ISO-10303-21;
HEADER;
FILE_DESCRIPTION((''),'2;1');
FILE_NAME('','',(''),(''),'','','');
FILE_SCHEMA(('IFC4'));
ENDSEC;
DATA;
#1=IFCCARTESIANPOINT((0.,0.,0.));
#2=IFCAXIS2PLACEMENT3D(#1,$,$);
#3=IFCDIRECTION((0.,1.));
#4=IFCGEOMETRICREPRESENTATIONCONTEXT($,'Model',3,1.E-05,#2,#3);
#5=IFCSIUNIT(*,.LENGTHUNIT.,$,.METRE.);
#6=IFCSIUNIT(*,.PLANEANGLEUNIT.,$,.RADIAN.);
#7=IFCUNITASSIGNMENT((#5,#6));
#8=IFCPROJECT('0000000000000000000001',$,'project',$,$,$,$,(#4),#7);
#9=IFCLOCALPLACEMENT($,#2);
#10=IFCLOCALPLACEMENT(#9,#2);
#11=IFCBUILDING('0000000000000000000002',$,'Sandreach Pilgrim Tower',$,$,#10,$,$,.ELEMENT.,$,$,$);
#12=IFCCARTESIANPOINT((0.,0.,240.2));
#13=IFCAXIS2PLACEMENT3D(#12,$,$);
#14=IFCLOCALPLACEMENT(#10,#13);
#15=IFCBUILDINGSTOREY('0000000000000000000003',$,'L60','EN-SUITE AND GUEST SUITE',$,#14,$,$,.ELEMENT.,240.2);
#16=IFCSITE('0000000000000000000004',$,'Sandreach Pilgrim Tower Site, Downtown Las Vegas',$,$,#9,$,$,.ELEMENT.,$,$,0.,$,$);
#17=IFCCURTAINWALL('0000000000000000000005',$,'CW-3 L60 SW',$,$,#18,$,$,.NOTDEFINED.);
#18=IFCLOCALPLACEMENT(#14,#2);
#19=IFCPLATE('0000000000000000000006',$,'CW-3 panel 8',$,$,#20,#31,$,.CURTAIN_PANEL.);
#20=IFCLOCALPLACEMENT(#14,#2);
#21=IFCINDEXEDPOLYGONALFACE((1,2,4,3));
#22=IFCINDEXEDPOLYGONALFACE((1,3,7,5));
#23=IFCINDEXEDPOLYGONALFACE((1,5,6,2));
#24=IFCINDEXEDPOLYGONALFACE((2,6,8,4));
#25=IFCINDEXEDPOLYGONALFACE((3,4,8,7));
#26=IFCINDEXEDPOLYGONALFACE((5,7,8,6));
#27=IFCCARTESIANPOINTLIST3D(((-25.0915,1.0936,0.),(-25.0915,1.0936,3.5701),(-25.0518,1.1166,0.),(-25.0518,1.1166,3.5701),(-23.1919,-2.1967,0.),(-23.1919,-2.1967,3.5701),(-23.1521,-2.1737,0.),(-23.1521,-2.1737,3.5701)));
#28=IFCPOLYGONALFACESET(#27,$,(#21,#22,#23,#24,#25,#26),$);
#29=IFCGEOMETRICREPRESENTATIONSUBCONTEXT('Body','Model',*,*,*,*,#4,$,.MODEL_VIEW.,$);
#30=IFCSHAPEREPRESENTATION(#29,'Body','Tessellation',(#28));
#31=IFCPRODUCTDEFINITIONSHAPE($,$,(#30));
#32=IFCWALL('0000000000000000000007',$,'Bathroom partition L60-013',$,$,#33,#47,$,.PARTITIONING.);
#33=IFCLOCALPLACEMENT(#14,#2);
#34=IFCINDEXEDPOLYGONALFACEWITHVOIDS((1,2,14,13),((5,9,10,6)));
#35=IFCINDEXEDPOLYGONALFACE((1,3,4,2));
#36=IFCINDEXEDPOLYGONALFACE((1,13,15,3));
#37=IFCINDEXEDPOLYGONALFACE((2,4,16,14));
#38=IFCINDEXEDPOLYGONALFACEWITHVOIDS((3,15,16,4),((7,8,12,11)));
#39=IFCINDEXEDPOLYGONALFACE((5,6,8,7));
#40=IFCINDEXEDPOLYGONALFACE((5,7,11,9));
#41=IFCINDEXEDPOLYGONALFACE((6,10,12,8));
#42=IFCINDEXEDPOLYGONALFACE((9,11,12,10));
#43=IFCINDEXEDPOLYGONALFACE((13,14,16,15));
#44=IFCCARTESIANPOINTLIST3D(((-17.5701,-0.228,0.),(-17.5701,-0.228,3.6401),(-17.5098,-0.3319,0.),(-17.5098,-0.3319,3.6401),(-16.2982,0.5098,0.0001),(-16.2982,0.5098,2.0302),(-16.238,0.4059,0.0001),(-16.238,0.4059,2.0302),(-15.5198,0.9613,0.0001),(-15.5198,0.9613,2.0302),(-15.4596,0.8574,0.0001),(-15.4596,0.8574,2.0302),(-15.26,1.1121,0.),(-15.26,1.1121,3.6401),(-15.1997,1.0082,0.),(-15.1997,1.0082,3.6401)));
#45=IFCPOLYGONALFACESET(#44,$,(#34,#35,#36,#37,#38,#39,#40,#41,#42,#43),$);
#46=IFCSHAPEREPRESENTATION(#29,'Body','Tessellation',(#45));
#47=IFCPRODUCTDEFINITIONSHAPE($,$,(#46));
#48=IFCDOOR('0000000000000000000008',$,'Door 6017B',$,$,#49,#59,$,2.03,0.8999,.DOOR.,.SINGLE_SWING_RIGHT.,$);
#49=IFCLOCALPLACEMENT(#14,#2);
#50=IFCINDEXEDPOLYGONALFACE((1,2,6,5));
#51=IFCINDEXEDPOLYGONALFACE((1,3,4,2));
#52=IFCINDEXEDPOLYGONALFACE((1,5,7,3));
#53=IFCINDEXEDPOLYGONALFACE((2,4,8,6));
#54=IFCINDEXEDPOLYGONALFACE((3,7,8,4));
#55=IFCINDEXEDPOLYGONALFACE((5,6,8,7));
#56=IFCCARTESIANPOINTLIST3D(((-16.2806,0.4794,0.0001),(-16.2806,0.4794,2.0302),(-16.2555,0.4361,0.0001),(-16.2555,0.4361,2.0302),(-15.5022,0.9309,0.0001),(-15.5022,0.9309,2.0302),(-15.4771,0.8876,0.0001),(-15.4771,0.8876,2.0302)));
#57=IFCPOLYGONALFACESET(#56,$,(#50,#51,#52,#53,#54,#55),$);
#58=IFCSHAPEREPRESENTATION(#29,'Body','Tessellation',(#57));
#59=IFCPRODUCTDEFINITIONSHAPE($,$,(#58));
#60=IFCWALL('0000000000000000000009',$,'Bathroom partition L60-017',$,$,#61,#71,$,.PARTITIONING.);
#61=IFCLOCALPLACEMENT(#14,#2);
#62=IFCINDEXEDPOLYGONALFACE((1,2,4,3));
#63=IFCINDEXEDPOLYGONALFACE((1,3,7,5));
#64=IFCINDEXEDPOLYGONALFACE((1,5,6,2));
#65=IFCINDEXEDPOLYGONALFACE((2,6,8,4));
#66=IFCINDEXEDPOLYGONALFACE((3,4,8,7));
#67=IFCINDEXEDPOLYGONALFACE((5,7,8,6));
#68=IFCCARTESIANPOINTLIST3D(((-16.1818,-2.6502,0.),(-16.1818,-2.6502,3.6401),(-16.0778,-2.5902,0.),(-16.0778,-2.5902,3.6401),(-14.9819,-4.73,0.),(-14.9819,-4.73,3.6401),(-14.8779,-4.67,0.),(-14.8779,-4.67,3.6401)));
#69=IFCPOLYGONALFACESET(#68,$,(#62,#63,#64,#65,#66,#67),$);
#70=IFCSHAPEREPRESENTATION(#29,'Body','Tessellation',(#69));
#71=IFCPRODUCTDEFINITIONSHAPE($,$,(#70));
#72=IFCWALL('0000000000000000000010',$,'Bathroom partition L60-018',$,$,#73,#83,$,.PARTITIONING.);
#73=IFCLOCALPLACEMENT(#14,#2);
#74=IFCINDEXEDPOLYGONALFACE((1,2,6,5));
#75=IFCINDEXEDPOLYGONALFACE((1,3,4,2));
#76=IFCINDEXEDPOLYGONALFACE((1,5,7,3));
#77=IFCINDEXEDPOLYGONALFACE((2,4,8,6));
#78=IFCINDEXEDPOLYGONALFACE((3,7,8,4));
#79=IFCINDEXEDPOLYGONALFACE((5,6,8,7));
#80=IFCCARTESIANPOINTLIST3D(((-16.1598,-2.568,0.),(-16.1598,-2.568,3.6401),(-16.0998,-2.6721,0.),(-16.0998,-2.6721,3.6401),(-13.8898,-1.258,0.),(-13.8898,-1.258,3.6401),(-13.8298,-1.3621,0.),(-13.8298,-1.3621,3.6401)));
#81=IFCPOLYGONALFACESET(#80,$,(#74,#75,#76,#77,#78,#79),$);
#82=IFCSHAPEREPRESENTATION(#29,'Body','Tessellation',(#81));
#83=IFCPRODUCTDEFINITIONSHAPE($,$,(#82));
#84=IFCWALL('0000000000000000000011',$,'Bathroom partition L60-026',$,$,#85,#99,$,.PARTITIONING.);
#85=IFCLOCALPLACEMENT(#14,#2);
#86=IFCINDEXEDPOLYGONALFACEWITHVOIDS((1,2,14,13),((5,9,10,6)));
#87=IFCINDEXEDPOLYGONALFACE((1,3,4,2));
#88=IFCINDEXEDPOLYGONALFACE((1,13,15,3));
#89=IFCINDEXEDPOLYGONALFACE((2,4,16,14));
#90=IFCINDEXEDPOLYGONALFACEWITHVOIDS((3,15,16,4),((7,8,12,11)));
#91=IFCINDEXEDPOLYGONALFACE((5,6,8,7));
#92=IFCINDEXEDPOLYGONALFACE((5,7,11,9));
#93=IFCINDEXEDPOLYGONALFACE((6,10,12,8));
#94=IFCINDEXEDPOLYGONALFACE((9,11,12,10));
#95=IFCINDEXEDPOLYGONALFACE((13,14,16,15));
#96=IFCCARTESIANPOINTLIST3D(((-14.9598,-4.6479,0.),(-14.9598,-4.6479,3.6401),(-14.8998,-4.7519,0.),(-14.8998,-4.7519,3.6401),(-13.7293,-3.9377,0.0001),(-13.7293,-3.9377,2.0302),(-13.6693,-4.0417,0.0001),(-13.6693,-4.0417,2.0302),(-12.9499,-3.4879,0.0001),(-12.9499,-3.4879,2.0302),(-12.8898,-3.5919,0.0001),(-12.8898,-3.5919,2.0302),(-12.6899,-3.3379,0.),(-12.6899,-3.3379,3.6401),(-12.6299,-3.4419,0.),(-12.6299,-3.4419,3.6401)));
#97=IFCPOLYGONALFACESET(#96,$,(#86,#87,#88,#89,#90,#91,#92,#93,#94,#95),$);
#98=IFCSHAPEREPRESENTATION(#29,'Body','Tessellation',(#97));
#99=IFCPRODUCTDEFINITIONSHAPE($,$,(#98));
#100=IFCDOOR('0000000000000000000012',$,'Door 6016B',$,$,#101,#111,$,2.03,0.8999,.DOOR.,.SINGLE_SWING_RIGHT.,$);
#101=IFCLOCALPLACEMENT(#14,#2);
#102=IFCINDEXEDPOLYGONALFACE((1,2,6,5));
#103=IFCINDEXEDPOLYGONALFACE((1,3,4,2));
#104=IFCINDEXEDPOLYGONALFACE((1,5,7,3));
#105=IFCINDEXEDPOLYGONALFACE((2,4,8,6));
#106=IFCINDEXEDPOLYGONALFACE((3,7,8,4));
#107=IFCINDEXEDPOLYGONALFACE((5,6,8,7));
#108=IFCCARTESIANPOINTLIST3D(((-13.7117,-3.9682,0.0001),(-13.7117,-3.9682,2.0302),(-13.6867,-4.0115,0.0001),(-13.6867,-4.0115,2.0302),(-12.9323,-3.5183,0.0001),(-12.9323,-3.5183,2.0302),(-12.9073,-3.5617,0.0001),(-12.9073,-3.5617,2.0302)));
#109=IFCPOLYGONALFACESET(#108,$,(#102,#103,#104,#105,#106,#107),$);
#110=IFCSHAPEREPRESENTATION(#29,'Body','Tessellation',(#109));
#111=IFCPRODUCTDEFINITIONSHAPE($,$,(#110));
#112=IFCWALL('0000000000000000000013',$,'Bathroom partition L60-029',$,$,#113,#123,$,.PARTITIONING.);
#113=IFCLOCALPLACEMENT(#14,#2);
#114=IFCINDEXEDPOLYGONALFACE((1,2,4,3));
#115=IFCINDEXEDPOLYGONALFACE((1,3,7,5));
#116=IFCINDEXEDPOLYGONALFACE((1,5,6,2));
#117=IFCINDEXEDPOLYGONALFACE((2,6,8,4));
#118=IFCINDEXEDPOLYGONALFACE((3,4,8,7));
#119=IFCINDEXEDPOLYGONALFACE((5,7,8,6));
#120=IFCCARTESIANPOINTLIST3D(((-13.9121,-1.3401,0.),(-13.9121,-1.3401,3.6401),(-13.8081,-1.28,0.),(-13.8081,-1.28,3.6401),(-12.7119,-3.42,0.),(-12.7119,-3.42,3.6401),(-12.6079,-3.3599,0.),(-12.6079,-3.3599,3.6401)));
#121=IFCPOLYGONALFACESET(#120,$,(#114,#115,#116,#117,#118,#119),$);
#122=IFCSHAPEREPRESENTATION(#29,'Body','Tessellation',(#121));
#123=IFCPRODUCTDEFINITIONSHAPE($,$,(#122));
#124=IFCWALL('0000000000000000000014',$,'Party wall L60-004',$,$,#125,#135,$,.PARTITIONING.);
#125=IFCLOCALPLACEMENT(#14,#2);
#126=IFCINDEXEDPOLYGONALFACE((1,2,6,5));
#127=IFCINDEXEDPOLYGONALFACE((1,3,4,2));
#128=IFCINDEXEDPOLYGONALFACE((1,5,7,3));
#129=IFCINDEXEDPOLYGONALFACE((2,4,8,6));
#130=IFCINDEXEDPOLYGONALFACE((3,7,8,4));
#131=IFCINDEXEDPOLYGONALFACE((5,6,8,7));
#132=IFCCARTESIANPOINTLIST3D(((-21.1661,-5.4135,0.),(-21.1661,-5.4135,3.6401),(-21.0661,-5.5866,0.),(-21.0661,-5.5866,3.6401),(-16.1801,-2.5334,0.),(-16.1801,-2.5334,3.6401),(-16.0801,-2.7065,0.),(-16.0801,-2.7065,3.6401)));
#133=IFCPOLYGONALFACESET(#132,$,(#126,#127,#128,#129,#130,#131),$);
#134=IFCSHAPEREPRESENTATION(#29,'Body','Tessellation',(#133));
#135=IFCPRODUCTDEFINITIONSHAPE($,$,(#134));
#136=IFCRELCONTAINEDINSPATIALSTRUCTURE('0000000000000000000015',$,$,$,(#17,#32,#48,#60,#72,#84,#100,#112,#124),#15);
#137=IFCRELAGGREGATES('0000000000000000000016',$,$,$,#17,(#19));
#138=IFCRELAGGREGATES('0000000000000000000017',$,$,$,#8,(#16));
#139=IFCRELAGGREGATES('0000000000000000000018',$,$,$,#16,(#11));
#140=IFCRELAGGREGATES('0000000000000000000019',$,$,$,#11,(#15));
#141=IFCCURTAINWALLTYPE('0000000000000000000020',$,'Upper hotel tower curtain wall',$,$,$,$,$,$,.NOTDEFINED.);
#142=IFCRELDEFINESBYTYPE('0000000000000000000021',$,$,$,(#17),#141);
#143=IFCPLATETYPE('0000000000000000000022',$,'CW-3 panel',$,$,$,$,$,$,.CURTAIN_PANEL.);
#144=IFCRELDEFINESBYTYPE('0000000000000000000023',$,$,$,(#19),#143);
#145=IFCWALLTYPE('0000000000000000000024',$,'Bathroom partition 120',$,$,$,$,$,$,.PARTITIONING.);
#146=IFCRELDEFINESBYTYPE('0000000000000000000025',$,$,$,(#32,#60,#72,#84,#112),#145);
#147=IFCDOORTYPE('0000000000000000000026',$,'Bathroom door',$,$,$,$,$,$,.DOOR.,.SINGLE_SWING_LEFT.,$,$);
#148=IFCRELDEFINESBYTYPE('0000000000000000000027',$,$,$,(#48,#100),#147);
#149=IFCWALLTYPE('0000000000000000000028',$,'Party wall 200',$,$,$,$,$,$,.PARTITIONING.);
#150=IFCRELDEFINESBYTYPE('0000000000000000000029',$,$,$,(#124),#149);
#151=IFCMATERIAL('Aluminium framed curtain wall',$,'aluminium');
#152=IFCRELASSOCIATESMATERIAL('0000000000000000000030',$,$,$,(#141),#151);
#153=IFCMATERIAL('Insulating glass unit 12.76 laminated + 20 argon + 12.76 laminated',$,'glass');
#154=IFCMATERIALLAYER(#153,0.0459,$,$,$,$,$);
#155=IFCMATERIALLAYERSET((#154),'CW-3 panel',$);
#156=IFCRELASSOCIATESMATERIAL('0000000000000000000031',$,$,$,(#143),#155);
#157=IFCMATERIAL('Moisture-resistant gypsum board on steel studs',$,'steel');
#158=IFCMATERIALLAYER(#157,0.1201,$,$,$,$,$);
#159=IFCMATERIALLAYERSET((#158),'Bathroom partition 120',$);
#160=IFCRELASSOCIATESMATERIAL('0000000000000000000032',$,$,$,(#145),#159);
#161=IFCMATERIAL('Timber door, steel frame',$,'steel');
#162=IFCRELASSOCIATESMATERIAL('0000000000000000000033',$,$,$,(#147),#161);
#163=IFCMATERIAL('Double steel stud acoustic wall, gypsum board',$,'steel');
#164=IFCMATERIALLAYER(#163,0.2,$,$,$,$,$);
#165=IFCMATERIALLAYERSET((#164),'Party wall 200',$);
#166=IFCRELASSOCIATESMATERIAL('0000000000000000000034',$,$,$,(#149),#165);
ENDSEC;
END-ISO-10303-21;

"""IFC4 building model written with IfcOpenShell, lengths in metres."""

from ifc_helpers import new_model, si_unit, direction, frame, frame_2d, origin, origin_2d, place, context, subcontext, project, spatial, rectangle, extrude, material, layer, layer_set, type_object, element, fill, aggregate, save


model = new_model("IFC4")

# Units and contexts
model_context = context("Model", 3, precision=1e-05, world=origin(), true_north=direction((0.0, 1.0)))
body_context = subcontext(model_context, "Body", "Model", "MODEL_VIEW")
ifc_project = project(units=[si_unit("LENGTHUNIT", "METRE"), si_unit("PLANEANGLEUNIT", "RADIAN")], contexts=[model_context])

# Site, building, storey
site_placement = place(None, origin())
site = spatial("IfcSite", under=ifc_project, at=site_placement, Name="Sandreach Pilgrim Tower Site, Downtown Las Vegas", CompositionType="ELEMENT", RefElevation=0.0)
building_placement = place(site_placement, origin())
building = spatial("IfcBuilding", under=site, at=building_placement, Name="Sandreach Pilgrim Tower", CompositionType="ELEMENT")
storey_placement = place(building_placement, frame((0.0, 0.0, 240.2)))
storey = spatial("IfcBuildingStorey", under=building, at=storey_placement, Name="L60", Description="EN-SUITE AND GUEST SUITE", CompositionType="ELEMENT", Elevation=240.2)

# Curtain wall
ifc_material_1 = material(Name="Aluminium framed curtain wall", Category="aluminium")
curtain_wall_type = type_object("IfcCurtainWallType", Name="Upper hotel tower curtain wall", PredefinedType="NOTDEFINED", material=ifc_material_1)
curtain_wall_placement = place(storey_placement, origin())
curtain_wall = element("IfcCurtainWall", 1, at=curtain_wall_placement, inside=storey, type_object=curtain_wall_type, Name="CW-3 L60 SW", PredefinedType="NOTDEFINED")

# Plate
ifc_material_2 = material(Name="Insulating glass unit 12.76 laminated + 20 argon + 12.76 laminated", Category="glass")
ifc_layer_1 = layer(ifc_material_2, 0.0459)
ifc_layer_set_1 = layer_set([ifc_layer_1], Name="CW-3 panel")
plate_type = type_object("IfcPlateType", Name="CW-3 panel", PredefinedType="CURTAIN_PANEL", material=ifc_layer_set_1)
plate_1_placement = place(storey_placement, frame((-24.1218, -0.54, 0.0), z_axis=(0.0, 0.0, 1.0), x_axis=(-0.5, 0.866025, 0.0)))
plate_1 = element("IfcPlate", 2, at=plate_1_placement, type_object=plate_type, Name="CW-3 panel 8", PredefinedType="CURTAIN_PANEL", context=body_context, shape_type="SweptSolid", body=[
    extrude(rectangle(XDim=3.7993, YDim=0.0459, at=origin_2d()), origin(), (0.0, 0.0, 1.0), 3.5701),
])
aggregate(curtain_wall, [plate_1])

# Wall, opening, door
ifc_material_3 = material(Name="Moisture-resistant gypsum board on steel studs", Category="steel")
ifc_layer_2 = layer(ifc_material_3, 0.1201)
ifc_layer_set_2 = layer_set([ifc_layer_2], Name="Bathroom partition 120")
wall_type_1 = type_object("IfcWallType", Name="Bathroom partition 120", PredefinedType="PARTITIONING", material=ifc_layer_set_2)
wall_1_placement = place(storey_placement, frame((-17.54, -0.28, 0.0), z_axis=(0.0, 0.0, 1.0), x_axis=(0.86499, 0.501789, 0.0)))
wall_1 = element("IfcWall", 3, at=wall_1_placement, inside=storey, type_object=wall_type_1, Name="Bathroom partition L60-013", PredefinedType="PARTITIONING", context=body_context, shape_type="SweptSolid", body=[
    extrude(rectangle(XDim=2.6707, YDim=0.1201, at=frame_2d((1.3354, 0.0))), origin(), (0.0, 0.0, 1.0), 3.6401),
])
opening_1_placement = place(wall_1_placement, frame((1.4705, 0.0, 0.0)))
opening_1 = element("IfcOpeningElement", 4, at=opening_1_placement, cuts=wall_1, PredefinedType="OPENING", context=body_context, shape_type="SweptSolid", body=[
    extrude(rectangle(XDim=0.8999, YDim=2.03, at=frame_2d((0.45, 1.0151))), frame((0.0, 0.0601, 0.0), z_axis=(0.0, -1.0, 0.0), x_axis=(1.0, 0.0, 0.0)), (0.0, 0.0, 1.0), 0.1201),
])
ifc_material_4 = material(Name="Timber door, steel frame", Category="steel")
door_type_1 = type_object("IfcDoorType", Name="Bathroom door", OperationType="SINGLE_SWING_LEFT", PredefinedType="DOOR", material=ifc_material_4)
door_1_placement = place(opening_1_placement, origin())
door_1 = element("IfcDoor", 5, at=door_1_placement, inside=storey, type_object=door_type_1, Name="Door 6017B", OperationType="SINGLE_SWING_RIGHT", OverallHeight=2.03, OverallWidth=0.8999, PredefinedType="DOOR", context=body_context, shape_type="SweptSolid", body=[
    extrude(rectangle(XDim=0.8999, YDim=2.03, at=frame_2d((0.45, 1.0151))), frame((0.0, 0.0249, 0.0), z_axis=(0.0, -1.0, 0.0), x_axis=(1.0, 0.0, 0.0)), (0.0, 0.0, 1.0), 0.05),
])
fill(opening_1, door_1)

# Walls
wall_2_placement = place(storey_placement, frame((-16.1299, -2.6201, 0.0), z_axis=(0.0, 0.0, 1.0), x_axis=(0.499737, -0.866177, 0.0)))
element("IfcWall", 6, at=wall_2_placement, inside=storey, type_object=wall_type_1, Name="Bathroom partition L60-017", PredefinedType="PARTITIONING", context=body_context, shape_type="SweptSolid", body=[
    extrude(rectangle(XDim=2.4011, YDim=0.1201, at=frame_2d((1.2007, 0.0))), origin(), (0.0, 0.0, 1.0), 3.6401),
])
wall_3_placement = place(storey_placement, frame((-16.1299, -2.6201, 0.0), z_axis=(0.0, 0.0, 1.0), x_axis=(0.866114, 0.499846, 0.0)))
element("IfcWall", 7, at=wall_3_placement, inside=storey, type_object=wall_type_1, Name="Bathroom partition L60-018", PredefinedType="PARTITIONING", context=body_context, shape_type="SweptSolid", body=[
    extrude(rectangle(XDim=2.6208, YDim=0.1201, at=frame_2d((1.3105, 0.0))), origin(), (0.0, 0.0, 1.0), 3.6401),
])

# Wall, opening, door
wall_4_placement = place(storey_placement, frame((-14.9299, -4.7, 0.0), z_axis=(0.0, 0.0, 1.0), x_axis=(0.866114, 0.499846, 0.0)))
wall_4 = element("IfcWall", 8, at=wall_4_placement, inside=storey, type_object=wall_type_1, Name="Bathroom partition L60-026", PredefinedType="PARTITIONING", context=body_context, shape_type="SweptSolid", body=[
    extrude(rectangle(XDim=2.6208, YDim=0.1201, at=frame_2d((1.3105, 0.0))), origin(), (0.0, 0.0, 1.0), 3.6401),
])
opening_2_placement = place(wall_4_placement, frame((1.4209, 0.0, 0.0)))
opening_2 = element("IfcOpeningElement", 9, at=opening_2_placement, cuts=wall_4, PredefinedType="OPENING", context=body_context, shape_type="SweptSolid", body=[
    extrude(rectangle(XDim=0.8999, YDim=2.03, at=frame_2d((0.45, 1.0151))), frame((0.0, 0.0601, 0.0), z_axis=(0.0, -1.0, 0.0), x_axis=(1.0, 0.0, 0.0)), (0.0, 0.0, 1.0), 0.1201),
])
door_2_placement = place(opening_2_placement, origin())
door_2 = element("IfcDoor", 10, at=door_2_placement, inside=storey, type_object=door_type_1, Name="Door 6016B", OperationType="SINGLE_SWING_RIGHT", OverallHeight=2.03, OverallWidth=0.8999, PredefinedType="DOOR", context=body_context, shape_type="SweptSolid", body=[
    extrude(rectangle(XDim=0.8999, YDim=2.03, at=frame_2d((0.45, 1.0151))), frame((0.0, 0.0249, 0.0), z_axis=(0.0, -1.0, 0.0), x_axis=(1.0, 0.0, 0.0)), (0.0, 0.0, 1.0), 0.05),
])
fill(opening_2, door_2)

# Wall
wall_5_placement = place(storey_placement, frame((-13.8601, -1.3101, 0.0), z_axis=(0.0, 0.0, 1.0), x_axis=(0.499813, -0.866133, 0.0)))
element("IfcWall", 11, at=wall_5_placement, inside=storey, type_object=wall_type_1, Name="Bathroom partition L60-029", PredefinedType="PARTITIONING", context=body_context, shape_type="SweptSolid", body=[
    extrude(rectangle(XDim=2.4014, YDim=0.1201, at=frame_2d((1.2007, 0.0))), origin(), (0.0, 0.0, 1.0), 3.6401),
])

# Wall
ifc_material_5 = material(Name="Double steel stud acoustic wall, gypsum board", Category="steel")
ifc_layer_3 = layer(ifc_material_5, 0.2)
ifc_layer_set_3 = layer_set([ifc_layer_3], Name="Party wall 200")
wall_type_2 = type_object("IfcWallType", Name="Party wall 200", PredefinedType="PARTITIONING", material=ifc_layer_set_3)
wall_6_placement = place(storey_placement, frame((-21.116, -5.5, 0.0), z_axis=(0.0, 0.0, 1.0), x_axis=(0.865919, 0.500184, 0.0)))
element("IfcWall", 12, at=wall_6_placement, inside=storey, type_object=wall_type_2, Name="Party wall L60-004", PredefinedType="PARTITIONING", context=body_context, shape_type="SweptSolid", body=[
    extrude(rectangle(XDim=5.7581, YDim=0.2, at=frame_2d((2.8789, 0.0))), origin(), (0.0, 0.0, 1.0), 3.6401),
])

save(model, "model.ifc")
